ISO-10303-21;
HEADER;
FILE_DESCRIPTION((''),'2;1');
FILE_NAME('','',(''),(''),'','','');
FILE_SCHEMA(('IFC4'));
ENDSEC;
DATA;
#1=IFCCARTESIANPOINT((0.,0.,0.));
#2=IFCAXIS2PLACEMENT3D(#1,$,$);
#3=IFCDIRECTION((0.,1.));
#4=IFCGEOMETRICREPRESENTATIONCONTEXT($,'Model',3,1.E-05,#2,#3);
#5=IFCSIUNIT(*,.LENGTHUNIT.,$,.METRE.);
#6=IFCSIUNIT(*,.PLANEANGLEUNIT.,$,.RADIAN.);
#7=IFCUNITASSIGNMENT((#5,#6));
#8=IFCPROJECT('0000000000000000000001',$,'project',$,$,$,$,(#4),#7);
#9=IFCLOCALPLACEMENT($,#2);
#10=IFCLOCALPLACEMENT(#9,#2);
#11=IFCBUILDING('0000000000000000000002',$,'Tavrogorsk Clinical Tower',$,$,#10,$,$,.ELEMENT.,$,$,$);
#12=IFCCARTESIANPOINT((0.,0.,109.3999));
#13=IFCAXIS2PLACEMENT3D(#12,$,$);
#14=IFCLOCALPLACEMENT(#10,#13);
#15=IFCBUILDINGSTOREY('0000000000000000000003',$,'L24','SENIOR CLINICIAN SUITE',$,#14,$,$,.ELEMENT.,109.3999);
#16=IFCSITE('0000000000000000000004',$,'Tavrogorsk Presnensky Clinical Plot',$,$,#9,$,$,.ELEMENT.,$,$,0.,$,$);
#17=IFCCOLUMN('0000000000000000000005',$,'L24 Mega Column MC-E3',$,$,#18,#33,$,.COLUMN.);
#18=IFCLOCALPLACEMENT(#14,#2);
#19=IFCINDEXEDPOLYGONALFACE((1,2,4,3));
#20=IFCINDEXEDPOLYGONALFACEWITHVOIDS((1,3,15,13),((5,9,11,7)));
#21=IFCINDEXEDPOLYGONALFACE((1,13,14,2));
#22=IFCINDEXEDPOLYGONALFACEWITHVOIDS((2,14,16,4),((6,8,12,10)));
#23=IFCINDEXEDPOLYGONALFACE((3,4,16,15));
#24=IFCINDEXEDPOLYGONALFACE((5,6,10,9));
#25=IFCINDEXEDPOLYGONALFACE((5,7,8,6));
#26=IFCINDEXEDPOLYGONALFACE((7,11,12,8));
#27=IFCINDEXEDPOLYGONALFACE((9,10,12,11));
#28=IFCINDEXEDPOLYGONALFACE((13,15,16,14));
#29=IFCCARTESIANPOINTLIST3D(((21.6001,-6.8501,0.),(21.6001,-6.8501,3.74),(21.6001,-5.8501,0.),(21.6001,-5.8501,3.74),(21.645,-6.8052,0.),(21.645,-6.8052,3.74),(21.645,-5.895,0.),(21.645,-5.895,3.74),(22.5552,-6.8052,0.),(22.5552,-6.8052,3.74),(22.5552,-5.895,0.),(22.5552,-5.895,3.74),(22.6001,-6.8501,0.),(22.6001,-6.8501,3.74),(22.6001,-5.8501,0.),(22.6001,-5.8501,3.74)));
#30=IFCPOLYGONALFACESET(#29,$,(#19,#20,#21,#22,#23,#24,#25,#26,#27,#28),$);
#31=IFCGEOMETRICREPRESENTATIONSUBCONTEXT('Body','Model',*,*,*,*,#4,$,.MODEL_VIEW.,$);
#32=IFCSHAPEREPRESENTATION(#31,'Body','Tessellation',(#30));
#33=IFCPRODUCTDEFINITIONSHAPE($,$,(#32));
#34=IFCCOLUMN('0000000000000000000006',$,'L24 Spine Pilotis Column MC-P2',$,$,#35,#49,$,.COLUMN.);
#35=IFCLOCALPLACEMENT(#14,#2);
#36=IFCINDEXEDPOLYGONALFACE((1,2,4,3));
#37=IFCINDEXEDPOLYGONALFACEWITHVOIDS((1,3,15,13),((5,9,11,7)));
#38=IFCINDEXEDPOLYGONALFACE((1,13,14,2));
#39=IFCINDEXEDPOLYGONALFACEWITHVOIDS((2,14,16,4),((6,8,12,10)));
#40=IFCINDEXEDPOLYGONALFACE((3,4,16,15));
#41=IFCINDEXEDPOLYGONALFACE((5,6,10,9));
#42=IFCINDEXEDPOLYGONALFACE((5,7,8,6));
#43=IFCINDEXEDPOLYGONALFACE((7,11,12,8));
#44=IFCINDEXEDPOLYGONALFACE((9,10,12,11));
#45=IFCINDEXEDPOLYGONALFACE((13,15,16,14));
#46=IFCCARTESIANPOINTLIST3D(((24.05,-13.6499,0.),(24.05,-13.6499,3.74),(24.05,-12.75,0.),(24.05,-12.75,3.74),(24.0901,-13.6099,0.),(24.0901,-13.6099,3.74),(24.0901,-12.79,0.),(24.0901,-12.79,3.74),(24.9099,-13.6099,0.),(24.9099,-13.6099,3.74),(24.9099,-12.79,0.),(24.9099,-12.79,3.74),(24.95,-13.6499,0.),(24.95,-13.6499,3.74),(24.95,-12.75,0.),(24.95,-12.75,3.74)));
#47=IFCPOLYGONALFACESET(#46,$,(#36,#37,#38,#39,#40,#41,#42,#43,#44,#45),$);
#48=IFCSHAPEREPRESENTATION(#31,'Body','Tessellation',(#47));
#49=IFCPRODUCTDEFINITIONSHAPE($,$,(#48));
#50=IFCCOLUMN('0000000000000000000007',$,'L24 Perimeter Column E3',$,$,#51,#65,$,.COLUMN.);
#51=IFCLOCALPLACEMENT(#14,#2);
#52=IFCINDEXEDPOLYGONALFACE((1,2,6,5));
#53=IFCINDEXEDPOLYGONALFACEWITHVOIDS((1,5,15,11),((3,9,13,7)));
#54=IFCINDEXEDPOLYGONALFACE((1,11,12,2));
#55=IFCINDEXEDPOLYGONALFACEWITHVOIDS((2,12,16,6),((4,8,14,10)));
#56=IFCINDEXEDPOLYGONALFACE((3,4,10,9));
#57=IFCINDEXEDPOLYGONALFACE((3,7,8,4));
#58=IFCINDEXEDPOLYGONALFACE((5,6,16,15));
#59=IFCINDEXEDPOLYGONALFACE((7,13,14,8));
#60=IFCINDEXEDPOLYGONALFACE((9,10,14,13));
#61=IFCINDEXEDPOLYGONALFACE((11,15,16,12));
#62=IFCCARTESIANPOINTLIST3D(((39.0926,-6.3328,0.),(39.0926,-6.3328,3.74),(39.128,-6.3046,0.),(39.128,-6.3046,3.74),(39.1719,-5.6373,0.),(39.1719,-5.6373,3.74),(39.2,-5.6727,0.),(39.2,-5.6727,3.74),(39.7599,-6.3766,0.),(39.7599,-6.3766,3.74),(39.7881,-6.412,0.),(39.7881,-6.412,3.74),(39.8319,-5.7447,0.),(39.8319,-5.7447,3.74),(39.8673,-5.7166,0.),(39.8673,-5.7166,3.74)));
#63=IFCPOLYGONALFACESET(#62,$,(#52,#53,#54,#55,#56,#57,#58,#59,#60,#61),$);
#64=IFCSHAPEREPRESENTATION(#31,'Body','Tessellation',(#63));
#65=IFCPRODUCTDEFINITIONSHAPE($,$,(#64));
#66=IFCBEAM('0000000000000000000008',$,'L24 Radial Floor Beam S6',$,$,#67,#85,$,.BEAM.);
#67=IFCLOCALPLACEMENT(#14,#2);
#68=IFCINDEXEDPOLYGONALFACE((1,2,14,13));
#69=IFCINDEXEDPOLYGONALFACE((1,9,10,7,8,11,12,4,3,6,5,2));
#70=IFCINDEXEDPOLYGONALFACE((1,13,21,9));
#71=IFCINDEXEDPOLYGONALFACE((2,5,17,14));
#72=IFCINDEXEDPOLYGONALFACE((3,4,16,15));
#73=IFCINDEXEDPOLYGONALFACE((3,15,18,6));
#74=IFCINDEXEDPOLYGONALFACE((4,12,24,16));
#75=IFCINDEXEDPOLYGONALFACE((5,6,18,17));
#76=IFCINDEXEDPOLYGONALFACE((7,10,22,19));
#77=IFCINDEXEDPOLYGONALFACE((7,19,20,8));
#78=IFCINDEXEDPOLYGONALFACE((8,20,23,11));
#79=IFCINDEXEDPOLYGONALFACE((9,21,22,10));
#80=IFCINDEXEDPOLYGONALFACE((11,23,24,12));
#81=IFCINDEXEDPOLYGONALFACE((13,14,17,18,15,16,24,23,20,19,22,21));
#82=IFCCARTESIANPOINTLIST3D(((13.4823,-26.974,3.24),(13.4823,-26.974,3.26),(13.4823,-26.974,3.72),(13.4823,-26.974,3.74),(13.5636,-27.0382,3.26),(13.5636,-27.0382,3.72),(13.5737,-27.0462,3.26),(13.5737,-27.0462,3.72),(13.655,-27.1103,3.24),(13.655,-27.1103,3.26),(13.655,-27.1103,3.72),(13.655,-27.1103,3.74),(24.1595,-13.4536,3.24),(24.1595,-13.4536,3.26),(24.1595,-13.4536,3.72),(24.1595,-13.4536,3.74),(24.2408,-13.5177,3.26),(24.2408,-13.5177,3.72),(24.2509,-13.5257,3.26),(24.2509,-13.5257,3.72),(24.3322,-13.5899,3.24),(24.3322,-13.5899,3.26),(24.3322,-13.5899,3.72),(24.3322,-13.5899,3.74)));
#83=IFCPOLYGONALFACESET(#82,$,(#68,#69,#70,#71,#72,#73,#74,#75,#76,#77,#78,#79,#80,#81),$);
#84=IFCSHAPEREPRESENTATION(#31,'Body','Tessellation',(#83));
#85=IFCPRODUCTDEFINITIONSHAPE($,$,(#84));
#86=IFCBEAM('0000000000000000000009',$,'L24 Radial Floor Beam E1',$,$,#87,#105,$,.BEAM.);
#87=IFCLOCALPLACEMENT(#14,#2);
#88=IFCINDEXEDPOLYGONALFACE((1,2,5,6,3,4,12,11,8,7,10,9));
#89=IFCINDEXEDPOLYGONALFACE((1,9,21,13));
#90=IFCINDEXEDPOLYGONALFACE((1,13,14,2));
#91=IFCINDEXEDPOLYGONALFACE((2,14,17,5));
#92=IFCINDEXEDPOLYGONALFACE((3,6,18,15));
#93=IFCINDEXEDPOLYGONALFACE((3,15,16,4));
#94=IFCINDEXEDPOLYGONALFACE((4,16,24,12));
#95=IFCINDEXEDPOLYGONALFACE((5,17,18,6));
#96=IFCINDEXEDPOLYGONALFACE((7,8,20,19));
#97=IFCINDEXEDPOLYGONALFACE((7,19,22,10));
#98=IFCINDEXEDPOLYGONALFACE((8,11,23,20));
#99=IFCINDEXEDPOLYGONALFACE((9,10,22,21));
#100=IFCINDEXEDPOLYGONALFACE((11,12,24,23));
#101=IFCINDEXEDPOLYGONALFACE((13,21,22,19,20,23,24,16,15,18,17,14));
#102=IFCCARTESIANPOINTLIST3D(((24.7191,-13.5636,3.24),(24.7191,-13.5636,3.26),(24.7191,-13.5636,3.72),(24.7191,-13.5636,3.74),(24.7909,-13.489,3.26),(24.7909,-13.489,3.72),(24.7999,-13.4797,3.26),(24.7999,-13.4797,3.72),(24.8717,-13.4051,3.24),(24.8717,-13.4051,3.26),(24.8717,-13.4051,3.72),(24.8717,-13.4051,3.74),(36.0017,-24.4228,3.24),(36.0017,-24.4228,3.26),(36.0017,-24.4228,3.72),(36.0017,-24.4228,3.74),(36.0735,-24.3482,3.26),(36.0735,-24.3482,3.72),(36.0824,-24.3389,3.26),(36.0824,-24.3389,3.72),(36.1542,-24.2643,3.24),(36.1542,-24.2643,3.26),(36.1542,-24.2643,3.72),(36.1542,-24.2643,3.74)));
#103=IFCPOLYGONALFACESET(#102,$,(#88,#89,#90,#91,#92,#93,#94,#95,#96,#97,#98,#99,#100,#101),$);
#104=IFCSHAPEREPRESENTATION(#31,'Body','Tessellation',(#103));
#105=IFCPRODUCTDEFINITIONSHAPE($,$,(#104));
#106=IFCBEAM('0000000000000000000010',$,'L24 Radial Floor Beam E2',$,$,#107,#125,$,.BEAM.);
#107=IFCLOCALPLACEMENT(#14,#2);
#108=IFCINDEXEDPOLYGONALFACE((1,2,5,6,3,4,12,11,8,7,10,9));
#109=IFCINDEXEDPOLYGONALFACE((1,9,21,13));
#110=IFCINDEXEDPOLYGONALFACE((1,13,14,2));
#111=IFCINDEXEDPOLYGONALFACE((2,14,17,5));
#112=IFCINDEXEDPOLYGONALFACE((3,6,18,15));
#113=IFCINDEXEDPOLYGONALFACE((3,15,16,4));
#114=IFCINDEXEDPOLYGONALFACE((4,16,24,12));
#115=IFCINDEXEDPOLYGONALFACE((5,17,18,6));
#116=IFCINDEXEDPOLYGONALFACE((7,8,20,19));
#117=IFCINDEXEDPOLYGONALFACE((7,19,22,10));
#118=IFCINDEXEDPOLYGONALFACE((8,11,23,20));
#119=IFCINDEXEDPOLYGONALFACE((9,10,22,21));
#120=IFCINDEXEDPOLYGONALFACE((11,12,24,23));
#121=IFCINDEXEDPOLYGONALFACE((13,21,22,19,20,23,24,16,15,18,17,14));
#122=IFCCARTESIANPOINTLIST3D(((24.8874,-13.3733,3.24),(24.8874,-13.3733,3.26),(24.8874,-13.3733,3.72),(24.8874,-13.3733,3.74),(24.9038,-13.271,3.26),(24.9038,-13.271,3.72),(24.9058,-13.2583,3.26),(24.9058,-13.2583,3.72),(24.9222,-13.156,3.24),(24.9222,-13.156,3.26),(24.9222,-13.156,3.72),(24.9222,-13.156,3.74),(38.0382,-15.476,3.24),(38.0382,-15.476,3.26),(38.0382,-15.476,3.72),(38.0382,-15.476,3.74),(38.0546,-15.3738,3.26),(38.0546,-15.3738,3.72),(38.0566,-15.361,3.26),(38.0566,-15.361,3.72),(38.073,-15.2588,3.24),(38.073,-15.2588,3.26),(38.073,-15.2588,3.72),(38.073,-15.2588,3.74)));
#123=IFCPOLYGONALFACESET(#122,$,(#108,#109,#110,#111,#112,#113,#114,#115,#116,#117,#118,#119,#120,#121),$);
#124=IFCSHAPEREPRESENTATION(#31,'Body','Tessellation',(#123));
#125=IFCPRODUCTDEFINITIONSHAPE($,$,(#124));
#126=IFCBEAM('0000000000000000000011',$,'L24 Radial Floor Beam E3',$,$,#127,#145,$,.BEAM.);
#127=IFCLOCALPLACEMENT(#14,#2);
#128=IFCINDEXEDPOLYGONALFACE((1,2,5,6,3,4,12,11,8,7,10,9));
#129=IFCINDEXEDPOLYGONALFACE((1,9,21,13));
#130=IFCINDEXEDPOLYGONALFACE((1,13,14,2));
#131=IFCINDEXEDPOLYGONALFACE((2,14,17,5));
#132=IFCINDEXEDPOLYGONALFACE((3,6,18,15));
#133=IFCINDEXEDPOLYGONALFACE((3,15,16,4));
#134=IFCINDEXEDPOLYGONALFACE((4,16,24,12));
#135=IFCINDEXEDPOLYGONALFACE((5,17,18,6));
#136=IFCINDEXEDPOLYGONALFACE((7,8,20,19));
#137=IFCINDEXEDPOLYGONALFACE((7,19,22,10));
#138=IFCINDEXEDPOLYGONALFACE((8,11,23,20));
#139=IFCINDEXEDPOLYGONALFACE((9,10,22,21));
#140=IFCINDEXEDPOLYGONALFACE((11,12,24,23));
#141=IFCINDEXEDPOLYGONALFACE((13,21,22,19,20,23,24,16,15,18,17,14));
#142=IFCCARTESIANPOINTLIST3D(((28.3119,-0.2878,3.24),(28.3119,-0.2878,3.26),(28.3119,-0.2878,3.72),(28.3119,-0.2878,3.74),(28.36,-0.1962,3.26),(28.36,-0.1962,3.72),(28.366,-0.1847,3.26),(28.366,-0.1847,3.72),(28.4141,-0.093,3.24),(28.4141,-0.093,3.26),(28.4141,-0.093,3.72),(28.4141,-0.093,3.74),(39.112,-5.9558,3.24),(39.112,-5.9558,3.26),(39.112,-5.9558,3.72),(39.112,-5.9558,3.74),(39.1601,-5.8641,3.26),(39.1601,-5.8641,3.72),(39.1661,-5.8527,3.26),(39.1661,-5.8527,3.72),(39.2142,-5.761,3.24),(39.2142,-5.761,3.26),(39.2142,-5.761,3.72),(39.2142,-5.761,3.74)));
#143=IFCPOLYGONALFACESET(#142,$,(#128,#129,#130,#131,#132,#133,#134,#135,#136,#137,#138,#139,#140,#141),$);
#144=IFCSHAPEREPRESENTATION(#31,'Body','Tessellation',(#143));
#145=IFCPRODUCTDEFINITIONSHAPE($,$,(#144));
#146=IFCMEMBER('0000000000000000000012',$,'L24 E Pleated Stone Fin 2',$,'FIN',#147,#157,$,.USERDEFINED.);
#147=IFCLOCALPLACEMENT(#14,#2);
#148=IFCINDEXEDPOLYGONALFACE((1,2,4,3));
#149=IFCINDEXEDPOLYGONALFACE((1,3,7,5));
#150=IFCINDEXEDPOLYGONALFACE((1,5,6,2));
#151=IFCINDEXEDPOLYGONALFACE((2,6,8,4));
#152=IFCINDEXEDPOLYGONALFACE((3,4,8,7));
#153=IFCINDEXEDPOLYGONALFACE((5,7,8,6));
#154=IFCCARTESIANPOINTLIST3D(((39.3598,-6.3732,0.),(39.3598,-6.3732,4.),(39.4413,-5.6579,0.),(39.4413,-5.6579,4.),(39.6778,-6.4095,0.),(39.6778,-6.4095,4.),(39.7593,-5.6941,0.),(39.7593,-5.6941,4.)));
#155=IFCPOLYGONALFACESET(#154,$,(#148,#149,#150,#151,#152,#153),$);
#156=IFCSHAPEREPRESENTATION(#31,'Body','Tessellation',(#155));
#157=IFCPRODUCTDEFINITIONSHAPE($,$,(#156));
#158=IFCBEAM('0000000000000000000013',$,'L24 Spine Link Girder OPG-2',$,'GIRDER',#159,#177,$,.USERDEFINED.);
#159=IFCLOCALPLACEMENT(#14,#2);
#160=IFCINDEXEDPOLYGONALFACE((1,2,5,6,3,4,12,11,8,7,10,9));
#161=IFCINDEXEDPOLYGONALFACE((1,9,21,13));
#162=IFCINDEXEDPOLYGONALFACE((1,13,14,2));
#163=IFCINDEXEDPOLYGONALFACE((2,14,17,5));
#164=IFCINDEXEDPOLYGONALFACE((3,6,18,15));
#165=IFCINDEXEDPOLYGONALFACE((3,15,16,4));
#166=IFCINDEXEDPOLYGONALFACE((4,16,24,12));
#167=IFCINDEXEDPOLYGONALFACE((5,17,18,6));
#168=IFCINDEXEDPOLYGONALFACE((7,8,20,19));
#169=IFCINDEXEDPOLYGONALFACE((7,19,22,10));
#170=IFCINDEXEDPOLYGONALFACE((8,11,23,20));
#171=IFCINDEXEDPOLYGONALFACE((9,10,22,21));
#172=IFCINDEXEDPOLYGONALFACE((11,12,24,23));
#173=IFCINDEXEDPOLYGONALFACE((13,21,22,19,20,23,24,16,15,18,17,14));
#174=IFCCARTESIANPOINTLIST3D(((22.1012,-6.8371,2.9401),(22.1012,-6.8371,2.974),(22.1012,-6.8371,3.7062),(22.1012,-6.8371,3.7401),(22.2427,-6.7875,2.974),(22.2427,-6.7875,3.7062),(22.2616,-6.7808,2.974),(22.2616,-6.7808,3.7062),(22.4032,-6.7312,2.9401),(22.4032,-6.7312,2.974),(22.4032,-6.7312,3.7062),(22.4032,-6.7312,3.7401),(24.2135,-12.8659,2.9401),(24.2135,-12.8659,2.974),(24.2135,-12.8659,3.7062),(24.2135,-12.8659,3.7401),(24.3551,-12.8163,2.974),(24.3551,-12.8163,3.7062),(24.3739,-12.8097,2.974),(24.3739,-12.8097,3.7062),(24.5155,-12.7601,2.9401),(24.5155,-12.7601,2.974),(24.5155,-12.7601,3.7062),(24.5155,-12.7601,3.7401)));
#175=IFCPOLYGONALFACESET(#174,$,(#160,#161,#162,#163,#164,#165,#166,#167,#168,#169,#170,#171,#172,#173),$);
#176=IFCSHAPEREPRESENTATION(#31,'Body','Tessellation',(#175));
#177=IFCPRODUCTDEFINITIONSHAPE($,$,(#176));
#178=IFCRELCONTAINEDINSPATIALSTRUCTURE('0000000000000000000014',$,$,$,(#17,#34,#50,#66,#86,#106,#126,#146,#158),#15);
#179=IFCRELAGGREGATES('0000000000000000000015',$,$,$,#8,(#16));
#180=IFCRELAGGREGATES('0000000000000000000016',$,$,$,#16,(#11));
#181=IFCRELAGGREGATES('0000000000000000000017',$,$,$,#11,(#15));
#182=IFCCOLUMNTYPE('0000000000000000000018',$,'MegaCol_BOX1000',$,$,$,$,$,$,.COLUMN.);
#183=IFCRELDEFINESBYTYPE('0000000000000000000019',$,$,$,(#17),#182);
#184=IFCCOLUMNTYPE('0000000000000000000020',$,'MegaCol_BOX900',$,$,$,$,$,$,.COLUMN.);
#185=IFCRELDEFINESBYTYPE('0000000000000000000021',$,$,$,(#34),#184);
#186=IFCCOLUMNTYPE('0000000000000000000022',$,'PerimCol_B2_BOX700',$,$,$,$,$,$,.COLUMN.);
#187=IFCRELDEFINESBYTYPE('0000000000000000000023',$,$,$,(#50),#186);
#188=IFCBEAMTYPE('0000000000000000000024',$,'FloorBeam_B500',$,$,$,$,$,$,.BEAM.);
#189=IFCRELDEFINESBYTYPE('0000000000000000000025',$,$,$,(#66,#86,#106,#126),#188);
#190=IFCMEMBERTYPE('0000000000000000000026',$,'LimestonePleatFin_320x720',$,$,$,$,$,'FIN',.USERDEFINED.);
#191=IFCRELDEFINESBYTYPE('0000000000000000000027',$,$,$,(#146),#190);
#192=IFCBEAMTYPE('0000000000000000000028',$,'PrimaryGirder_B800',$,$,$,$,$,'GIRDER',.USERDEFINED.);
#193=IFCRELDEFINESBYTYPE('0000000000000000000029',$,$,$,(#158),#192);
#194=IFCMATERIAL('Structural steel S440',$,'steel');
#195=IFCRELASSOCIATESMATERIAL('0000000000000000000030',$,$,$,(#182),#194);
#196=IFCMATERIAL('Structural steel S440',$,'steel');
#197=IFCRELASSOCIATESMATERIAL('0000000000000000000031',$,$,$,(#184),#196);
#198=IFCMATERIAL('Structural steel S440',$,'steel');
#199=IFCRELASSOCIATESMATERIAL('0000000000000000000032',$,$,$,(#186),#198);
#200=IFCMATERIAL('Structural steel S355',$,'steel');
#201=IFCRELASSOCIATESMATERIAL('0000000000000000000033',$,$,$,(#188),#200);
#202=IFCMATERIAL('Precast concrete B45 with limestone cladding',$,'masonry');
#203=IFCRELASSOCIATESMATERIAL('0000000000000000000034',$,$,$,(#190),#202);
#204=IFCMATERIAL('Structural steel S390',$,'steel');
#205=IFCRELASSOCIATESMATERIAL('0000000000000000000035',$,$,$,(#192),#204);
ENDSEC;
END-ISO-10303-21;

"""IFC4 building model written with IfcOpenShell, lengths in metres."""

from ifc_helpers import new_model, si_unit, direction, frame, origin, origin_2d, place, context, subcontext, project, spatial, rectangle, hollow_rectangle, i_section, extrude, material, material_profile, profile_set, type_object, element, save


model = new_model("IFC4")

# Units and contexts
model_context = context("Model", 3, precision=1e-05, world=origin(), true_north=direction((0.0, 1.0)))
body_context = subcontext(model_context, "Body", "Model", "MODEL_VIEW")
ifc_project = project(units=[si_unit("LENGTHUNIT", "METRE"), si_unit("PLANEANGLEUNIT", "RADIAN")], contexts=[model_context])

# Site, building, storey
site_placement = place(None, origin())
site = spatial("IfcSite", under=ifc_project, at=site_placement, Name="Tavrogorsk Presnensky Clinical Plot", CompositionType="ELEMENT", RefElevation=0.0)
building_placement = place(site_placement, origin())
building = spatial("IfcBuilding", under=site, at=building_placement, Name="Tavrogorsk Clinical Tower", CompositionType="ELEMENT")
storey_placement = place(building_placement, frame((0.0, 0.0, 109.3999)))
storey = spatial("IfcBuildingStorey", under=building, at=storey_placement, Name="L24", Description="SENIOR CLINICIAN SUITE", CompositionType="ELEMENT", Elevation=109.3999)

# Columns
ifc_material_1 = material(Name="Structural steel S440", Category="steel")
ifc_material_profile_1 = material_profile(ifc_material_1, hollow_rectangle(XDim=1.0, YDim=1.0, WallThickness=0.0449, at=origin_2d()), Name="BOX-1000x1000x45")
ifc_profile_set_1 = profile_set([ifc_material_profile_1], Name="Structural steel S440")
column_type_1 = type_object("IfcColumnType", Name="MegaCol_BOX1000", PredefinedType="COLUMN", material=ifc_profile_set_1)
column_1_placement = place(storey_placement, frame((22.1001, -6.3501, 0.0), z_axis=(0.0, 0.0, 1.0), x_axis=(1.0, 0.0, 0.0)))
element("IfcColumn", 1, at=column_1_placement, inside=storey, type_object=column_type_1, Name="L24 Mega Column MC-E3", PredefinedType="COLUMN", context=body_context, shape_type="SweptSolid", body=[
    extrude(hollow_rectangle(XDim=1.0, YDim=1.0, WallThickness=0.0449, at=origin_2d()), origin(), (0.0, 0.0, 1.0), 3.74),
])
ifc_material_2 = material(Name="Structural steel S440", Category="steel")
ifc_material_profile_2 = material_profile(ifc_material_2, hollow_rectangle(XDim=0.8999, YDim=0.8999, WallThickness=0.04, at=origin_2d()), Name="BOX-900x900x40")
ifc_profile_set_2 = profile_set([ifc_material_profile_2], Name="Structural steel S440")
column_type_2 = type_object("IfcColumnType", Name="MegaCol_BOX900", PredefinedType="COLUMN", material=ifc_profile_set_2)
column_2_placement = place(storey_placement, frame((24.5, -13.2, 0.0), z_axis=(0.0, 0.0, 1.0), x_axis=(1.0, 0.0, 0.0)))
element("IfcColumn", 2, at=column_2_placement, inside=storey, type_object=column_type_2, Name="L24 Spine Pilotis Column MC-P2", PredefinedType="COLUMN", context=body_context, shape_type="SweptSolid", body=[
    extrude(hollow_rectangle(XDim=0.8999, YDim=0.8999, WallThickness=0.04, at=origin_2d()), origin(), (0.0, 0.0, 1.0), 3.74),
])
ifc_material_3 = material(Name="Structural steel S440", Category="steel")
ifc_material_profile_3 = material_profile(ifc_material_3, hollow_rectangle(XDim=0.7, YDim=0.7, WallThickness=0.032, at=origin_2d()), Name="BOX-700x700x32")
ifc_profile_set_3 = profile_set([ifc_material_profile_3], Name="Structural steel S440")
column_type_3 = type_object("IfcColumnType", Name="PerimCol_B2_BOX700", PredefinedType="COLUMN", material=ifc_profile_set_3)
column_3_placement = place(storey_placement, frame((39.48, -6.0247, 0.0), z_axis=(0.0, 0.0, 1.0), x_axis=(0.993572, -0.113203, 0.0)))
element("IfcColumn", 3, at=column_3_placement, inside=storey, type_object=column_type_3, Name="L24 Perimeter Column E3", PredefinedType="COLUMN", context=body_context, shape_type="SweptSolid", body=[
    extrude(hollow_rectangle(XDim=0.7, YDim=0.7, WallThickness=0.032, at=origin_2d()), origin(), (0.0, 0.0, 1.0), 3.74),
])

# Beams
ifc_material_4 = material(Name="Structural steel S355", Category="steel")
ifc_material_profile_4 = material_profile(ifc_material_4, i_section(OverallWidth=0.22, OverallDepth=0.5, WebThickness=0.0129, FlangeThickness=0.02, at=origin_2d()), Name="B-500x220x13x20")
ifc_profile_set_4 = profile_set([ifc_material_profile_4], Name="Structural steel S355")
beam_type_1 = type_object("IfcBeamType", Name="FloorBeam_B500", PredefinedType="BEAM", material=ifc_profile_set_4)
beam_1_placement = place(storey_placement, frame((24.2458, -13.5217, 3.49), z_axis=(-0.619757, -0.784794, 0.0), x_axis=(0.784794, -0.619757, 0.0)))
element("IfcBeam", 4, at=beam_1_placement, inside=storey, type_object=beam_type_1, Name="L24 Radial Floor Beam S6", PredefinedType="BEAM", context=body_context, shape_type="SweptSolid", body=[
    extrude(i_section(OverallWidth=0.22, OverallDepth=0.5, WebThickness=0.0129, FlangeThickness=0.02, at=origin_2d()), origin(), (0.0, 0.0, 1.0), 17.228),
])
beam_2_placement = place(storey_placement, frame((24.7954, -13.4844, 3.49), z_axis=(0.720495, -0.69346, 0.0), x_axis=(0.69346, 0.720495, 0.0)))
element("IfcBeam", 5, at=beam_2_placement, inside=storey, type_object=beam_type_1, Name="L24 Radial Floor Beam E1", PredefinedType="BEAM", context=body_context, shape_type="SweptSolid", body=[
    extrude(i_section(OverallWidth=0.22, OverallDepth=0.5, WebThickness=0.0129, FlangeThickness=0.02, at=origin_2d()), origin(), (0.0, 0.0, 1.0), 15.6594),
])
beam_3_placement = place(storey_placement, frame((24.9048, -13.2646, 3.49), z_axis=(0.987457, -0.157891, 0.0), x_axis=(0.157891, 0.987457, 0.0)))
element("IfcBeam", 6, at=beam_3_placement, inside=storey, type_object=beam_type_1, Name="L24 Radial Floor Beam E2", PredefinedType="BEAM", context=body_context, shape_type="SweptSolid", body=[
    extrude(i_section(OverallWidth=0.22, OverallDepth=0.5, WebThickness=0.0129, FlangeThickness=0.02, at=origin_2d()), origin(), (0.0, 0.0, 1.0), 13.3179),
])
beam_4_placement = place(storey_placement, frame((28.363, -0.1904, 3.49), z_axis=(0.885467, -0.464702, 0.0), x_axis=(0.464702, 0.885467, 0.0)))
element("IfcBeam", 7, at=beam_4_placement, inside=storey, type_object=beam_type_1, Name="L24 Radial Floor Beam E3", PredefinedType="BEAM", context=body_context, shape_type="SweptSolid", body=[
    extrude(i_section(OverallWidth=0.22, OverallDepth=0.5, WebThickness=0.0129, FlangeThickness=0.02, at=origin_2d()), origin(), (0.0, 0.0, 1.0), 12.197),
])

# Member
ifc_material_5 = material(Name="Precast concrete B45 with limestone cladding", Category="masonry")
ifc_material_profile_5 = material_profile(ifc_material_5, rectangle(XDim=0.3201, YDim=0.72, at=origin_2d()), Name="LIMESTONE-FIN-320x720")
ifc_profile_set_5 = profile_set([ifc_material_profile_5], Name="Precast concrete B45 with limestone cladding")
member_type = type_object("IfcMemberType", Name="LimestonePleatFin_320x720", ElementType="FIN", PredefinedType="USERDEFINED", material=ifc_profile_set_5)
member_placement = place(storey_placement, frame((39.5596, -6.0337, 0.0), z_axis=(0.0, 0.0, 1.0), x_axis=(0.993572, -0.113203, 0.0)))
element("IfcMember", 8, at=member_placement, inside=storey, type_object=member_type, Name="L24 E Pleated Stone Fin 2", ObjectType="FIN", PredefinedType="USERDEFINED", context=body_context, shape_type="SweptSolid", body=[
    extrude(rectangle(XDim=0.3201, YDim=0.72, at=origin_2d()), origin(), (0.0, 0.0, 1.0), 4.0),
])

# Beam
ifc_material_6 = material(Name="Structural steel S390", Category="steel")
ifc_material_profile_6 = material_profile(ifc_material_6, i_section(OverallWidth=0.3201, OverallDepth=0.8, WebThickness=0.02, FlangeThickness=0.0339, at=origin_2d()), Name="B-800x320x20x34")
ifc_profile_set_6 = profile_set([ifc_material_profile_6], Name="Structural steel S390")
beam_type_2 = type_object("IfcBeamType", Name="PrimaryGirder_B800", ElementType="GIRDER", PredefinedType="USERDEFINED", material=ifc_profile_set_6)
beam_5_placement = place(storey_placement, frame((24.3645, -12.813, 3.3401), z_axis=(-0.33066, 0.94375, 0.0), x_axis=(-0.94375, -0.33066, 0.0)))
element("IfcBeam", 9, at=beam_5_placement, inside=storey, type_object=beam_type_2, Name="L24 Spine Link Girder OPG-2", ObjectType="GIRDER", PredefinedType="USERDEFINED", context=body_context, shape_type="SweptSolid", body=[
    extrude(i_section(OverallWidth=0.3201, OverallDepth=0.8, WebThickness=0.02, FlangeThickness=0.0339, at=origin_2d()), origin(), (0.0, 0.0, 1.0), 6.3882),
])

save(model, "model.ifc")
